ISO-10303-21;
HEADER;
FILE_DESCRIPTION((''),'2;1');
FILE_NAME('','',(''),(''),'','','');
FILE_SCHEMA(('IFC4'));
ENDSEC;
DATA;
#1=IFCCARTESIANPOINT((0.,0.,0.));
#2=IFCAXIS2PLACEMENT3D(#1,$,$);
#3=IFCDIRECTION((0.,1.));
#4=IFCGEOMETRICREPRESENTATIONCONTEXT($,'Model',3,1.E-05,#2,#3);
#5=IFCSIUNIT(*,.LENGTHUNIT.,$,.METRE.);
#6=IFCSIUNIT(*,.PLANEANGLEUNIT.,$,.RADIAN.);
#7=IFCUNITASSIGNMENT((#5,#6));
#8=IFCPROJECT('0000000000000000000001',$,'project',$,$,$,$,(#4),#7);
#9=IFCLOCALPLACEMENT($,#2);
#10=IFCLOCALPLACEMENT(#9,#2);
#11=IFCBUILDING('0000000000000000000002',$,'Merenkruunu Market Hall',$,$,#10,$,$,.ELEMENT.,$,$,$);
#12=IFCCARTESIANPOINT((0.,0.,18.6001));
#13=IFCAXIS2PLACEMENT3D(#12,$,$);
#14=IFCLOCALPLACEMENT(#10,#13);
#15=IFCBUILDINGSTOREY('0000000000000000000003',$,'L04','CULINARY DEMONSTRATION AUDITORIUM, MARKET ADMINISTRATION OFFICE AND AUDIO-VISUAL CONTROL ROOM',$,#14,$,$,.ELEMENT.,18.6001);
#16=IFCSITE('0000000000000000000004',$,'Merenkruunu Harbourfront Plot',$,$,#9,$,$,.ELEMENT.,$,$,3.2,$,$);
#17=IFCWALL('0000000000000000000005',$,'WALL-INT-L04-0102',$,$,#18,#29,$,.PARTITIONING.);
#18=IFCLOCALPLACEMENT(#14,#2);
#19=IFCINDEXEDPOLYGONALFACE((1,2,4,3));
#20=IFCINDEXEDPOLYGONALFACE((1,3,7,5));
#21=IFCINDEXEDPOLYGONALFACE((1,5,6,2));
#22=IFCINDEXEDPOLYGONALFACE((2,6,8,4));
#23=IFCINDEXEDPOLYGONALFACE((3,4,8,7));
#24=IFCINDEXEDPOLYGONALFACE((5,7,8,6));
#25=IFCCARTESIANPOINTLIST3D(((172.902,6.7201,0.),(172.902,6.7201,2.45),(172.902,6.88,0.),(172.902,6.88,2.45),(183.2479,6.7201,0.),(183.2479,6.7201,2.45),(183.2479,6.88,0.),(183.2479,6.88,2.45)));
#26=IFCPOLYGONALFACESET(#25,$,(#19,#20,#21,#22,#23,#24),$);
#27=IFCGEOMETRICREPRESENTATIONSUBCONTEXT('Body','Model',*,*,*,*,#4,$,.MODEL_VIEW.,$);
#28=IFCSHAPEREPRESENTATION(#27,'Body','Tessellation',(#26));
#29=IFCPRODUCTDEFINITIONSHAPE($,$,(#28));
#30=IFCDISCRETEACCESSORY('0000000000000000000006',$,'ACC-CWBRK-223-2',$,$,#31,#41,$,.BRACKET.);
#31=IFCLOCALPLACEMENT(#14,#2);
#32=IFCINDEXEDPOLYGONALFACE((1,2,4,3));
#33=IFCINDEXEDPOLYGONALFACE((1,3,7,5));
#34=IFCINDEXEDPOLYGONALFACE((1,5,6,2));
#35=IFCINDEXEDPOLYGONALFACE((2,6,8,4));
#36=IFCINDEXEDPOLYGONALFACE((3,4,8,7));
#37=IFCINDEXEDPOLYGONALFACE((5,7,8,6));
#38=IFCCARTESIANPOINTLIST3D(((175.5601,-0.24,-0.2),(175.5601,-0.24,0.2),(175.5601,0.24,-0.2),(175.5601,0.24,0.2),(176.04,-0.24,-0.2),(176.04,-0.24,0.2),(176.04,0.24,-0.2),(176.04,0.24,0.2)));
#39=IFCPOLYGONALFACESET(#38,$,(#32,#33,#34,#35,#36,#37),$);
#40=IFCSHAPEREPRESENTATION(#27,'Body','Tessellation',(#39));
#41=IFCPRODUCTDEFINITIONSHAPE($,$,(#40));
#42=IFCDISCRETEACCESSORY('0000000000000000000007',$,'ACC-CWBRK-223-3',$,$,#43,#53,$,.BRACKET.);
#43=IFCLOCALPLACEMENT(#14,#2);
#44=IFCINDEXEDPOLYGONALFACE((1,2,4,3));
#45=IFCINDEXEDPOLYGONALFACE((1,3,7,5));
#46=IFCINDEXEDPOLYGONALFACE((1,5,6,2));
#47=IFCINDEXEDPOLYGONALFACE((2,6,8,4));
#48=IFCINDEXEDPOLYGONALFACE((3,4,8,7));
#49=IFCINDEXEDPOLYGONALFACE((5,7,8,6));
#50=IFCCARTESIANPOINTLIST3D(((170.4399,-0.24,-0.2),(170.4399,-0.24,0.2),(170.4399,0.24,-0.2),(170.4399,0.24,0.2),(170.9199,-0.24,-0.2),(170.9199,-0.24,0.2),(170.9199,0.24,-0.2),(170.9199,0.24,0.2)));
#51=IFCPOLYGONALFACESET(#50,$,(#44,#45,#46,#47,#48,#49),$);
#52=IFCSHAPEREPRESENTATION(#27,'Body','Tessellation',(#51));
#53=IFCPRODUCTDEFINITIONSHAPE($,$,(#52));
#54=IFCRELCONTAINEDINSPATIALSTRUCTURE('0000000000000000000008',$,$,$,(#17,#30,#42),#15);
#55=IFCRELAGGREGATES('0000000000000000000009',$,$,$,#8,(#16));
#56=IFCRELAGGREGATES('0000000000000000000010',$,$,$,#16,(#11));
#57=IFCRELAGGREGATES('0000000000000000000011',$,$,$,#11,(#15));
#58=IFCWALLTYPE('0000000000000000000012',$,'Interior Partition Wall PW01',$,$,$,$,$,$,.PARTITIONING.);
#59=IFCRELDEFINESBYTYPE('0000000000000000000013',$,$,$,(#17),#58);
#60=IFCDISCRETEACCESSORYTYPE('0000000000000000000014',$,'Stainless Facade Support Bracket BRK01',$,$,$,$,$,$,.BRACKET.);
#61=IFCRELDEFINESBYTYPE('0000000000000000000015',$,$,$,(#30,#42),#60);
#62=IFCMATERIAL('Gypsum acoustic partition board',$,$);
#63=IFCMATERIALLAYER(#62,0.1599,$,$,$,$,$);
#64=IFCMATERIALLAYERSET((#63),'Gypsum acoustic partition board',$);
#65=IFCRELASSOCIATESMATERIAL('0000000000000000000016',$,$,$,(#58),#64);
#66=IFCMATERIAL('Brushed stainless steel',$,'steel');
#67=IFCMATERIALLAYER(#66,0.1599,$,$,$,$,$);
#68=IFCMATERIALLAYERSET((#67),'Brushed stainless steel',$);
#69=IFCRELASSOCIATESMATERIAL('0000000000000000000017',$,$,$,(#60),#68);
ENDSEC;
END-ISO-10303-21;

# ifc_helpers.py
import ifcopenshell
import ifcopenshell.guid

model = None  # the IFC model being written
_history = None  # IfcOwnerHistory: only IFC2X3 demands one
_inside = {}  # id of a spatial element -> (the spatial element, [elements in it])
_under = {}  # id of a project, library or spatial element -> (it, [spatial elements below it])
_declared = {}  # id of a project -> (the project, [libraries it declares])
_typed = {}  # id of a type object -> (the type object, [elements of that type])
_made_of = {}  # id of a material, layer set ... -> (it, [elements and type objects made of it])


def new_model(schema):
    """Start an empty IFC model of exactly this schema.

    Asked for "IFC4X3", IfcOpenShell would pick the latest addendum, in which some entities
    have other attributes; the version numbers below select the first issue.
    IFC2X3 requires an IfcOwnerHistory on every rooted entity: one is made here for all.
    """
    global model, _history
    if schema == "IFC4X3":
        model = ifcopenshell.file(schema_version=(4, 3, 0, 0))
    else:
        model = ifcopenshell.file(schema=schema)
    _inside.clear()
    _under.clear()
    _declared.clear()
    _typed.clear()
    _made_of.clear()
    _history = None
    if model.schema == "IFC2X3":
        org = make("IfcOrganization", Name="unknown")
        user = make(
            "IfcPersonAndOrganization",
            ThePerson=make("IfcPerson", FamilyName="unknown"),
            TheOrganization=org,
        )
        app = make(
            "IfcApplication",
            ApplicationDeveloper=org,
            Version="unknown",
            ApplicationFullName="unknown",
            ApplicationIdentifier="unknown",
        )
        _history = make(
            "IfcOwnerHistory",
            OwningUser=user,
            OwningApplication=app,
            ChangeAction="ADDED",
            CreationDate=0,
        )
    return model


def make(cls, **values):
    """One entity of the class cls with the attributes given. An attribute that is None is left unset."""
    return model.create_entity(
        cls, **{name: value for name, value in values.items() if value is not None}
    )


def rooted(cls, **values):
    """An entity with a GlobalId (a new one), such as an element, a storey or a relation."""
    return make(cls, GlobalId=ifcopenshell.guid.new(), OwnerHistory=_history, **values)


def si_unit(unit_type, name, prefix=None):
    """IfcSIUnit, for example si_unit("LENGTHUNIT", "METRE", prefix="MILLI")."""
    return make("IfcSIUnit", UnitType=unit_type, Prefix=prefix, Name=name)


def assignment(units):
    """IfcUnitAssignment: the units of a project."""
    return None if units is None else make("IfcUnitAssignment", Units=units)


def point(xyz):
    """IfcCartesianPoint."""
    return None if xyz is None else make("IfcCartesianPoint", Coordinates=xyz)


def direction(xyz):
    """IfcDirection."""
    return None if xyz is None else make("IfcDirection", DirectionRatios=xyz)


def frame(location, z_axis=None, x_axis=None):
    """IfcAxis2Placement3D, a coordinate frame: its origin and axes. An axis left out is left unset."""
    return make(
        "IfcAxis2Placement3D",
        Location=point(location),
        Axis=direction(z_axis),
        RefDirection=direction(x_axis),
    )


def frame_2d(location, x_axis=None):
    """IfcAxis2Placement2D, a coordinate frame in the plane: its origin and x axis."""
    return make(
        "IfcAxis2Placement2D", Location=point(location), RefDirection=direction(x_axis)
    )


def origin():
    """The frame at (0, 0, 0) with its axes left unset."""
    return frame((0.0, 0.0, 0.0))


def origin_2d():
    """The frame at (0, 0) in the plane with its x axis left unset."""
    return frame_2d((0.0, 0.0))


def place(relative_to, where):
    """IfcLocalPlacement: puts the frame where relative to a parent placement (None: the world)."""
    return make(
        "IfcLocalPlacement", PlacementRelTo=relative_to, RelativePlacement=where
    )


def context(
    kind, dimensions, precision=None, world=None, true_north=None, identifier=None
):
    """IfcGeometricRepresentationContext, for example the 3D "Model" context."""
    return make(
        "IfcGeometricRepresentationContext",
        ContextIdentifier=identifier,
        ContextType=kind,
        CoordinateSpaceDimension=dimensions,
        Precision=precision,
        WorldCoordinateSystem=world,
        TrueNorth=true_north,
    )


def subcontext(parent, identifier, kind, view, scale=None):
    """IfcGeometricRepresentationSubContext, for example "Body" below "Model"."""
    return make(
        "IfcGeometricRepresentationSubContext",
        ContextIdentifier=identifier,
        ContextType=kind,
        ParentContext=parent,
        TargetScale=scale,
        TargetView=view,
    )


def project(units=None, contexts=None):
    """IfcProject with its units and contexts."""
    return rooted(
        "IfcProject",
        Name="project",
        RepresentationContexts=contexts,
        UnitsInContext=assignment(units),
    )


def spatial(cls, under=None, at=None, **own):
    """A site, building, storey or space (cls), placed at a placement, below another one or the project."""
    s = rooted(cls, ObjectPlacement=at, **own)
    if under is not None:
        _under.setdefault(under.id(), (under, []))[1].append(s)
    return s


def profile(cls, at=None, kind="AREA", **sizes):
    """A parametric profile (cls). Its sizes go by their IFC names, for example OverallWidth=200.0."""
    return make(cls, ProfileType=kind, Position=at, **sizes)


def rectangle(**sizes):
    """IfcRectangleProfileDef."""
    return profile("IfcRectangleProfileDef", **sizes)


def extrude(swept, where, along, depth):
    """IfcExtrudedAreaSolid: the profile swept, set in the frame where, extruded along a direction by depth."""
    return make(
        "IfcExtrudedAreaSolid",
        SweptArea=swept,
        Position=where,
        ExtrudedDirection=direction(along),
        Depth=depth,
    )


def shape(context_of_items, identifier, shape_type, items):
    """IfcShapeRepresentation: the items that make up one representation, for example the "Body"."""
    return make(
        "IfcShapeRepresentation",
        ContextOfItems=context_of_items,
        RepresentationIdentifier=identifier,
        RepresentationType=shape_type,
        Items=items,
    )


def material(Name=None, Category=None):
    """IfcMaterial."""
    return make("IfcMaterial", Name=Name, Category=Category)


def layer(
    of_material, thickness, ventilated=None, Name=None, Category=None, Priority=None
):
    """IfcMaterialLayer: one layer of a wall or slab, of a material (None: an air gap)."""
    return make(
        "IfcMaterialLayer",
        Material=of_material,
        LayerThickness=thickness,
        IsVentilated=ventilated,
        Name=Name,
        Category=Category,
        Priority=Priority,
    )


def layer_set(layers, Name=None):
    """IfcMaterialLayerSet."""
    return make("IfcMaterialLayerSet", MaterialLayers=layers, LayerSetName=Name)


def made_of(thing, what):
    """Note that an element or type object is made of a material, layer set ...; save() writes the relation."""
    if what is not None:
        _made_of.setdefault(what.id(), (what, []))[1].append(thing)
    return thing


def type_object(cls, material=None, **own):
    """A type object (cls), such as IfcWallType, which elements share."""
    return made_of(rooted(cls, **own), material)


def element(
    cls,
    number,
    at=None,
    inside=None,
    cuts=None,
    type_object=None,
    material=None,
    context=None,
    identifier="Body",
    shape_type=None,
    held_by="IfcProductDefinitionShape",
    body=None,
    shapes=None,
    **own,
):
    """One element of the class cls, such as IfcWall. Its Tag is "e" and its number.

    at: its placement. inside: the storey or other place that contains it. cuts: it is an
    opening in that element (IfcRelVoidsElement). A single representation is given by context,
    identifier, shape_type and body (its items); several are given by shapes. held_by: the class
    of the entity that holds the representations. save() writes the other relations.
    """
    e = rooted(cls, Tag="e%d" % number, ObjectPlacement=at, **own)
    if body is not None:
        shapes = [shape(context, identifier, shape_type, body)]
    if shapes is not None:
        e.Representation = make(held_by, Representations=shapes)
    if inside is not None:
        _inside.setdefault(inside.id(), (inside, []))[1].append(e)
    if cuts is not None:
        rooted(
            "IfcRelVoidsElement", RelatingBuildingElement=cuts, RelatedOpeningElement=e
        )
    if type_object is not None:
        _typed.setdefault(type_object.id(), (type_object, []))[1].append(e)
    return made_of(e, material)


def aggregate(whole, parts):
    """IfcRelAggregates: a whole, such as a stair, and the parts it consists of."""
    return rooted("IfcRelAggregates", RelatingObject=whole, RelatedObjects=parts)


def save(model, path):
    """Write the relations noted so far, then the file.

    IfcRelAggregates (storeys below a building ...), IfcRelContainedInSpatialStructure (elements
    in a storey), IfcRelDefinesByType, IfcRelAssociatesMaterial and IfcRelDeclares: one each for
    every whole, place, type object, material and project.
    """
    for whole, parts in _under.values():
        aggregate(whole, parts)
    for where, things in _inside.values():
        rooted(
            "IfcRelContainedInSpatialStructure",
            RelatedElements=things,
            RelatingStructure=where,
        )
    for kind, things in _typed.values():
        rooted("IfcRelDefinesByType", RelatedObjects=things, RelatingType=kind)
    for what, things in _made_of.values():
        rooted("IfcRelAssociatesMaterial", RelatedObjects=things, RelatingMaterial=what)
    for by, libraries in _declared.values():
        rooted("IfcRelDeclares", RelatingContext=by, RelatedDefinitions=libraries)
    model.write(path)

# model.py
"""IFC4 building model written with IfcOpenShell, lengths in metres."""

from ifc_helpers import new_model, si_unit, direction, frame, frame_2d, origin, origin_2d, place, context, subcontext, project, spatial, rectangle, extrude, material, layer, layer_set, type_object, element, save


model = new_model("IFC4")

# Units and contexts
model_context = context("Model", 3, precision=1e-05, world=origin(), true_north=direction((0.0, 1.0)))
body_context = subcontext(model_context, "Body", "Model", "MODEL_VIEW")
ifc_project = project(units=[si_unit("LENGTHUNIT", "METRE"), si_unit("PLANEANGLEUNIT", "RADIAN")], contexts=[model_context])

# Site, building, storey
site_placement = place(None, origin())
site = spatial("IfcSite", under=ifc_project, at=site_placement, Name="Merenkruunu Harbourfront Plot", CompositionType="ELEMENT", RefElevation=3.2)
building_placement = place(site_placement, origin())
building = spatial("IfcBuilding", under=site, at=building_placement, Name="Merenkruunu Market Hall", CompositionType="ELEMENT")
storey_placement = place(building_placement, frame((0.0, 0.0, 18.6001)))
storey = spatial("IfcBuildingStorey", under=building, at=storey_placement, Name="L04", Description="CULINARY DEMONSTRATION AUDITORIUM, MARKET ADMINISTRATION OFFICE AND AUDIO-VISUAL CONTROL ROOM", CompositionType="ELEMENT", Elevation=18.6001)

# Wall
ifc_material_1 = material(Name="Gypsum acoustic partition board")
ifc_layer_1 = layer(ifc_material_1, 0.1599)
ifc_layer_set_1 = layer_set([ifc_layer_1], Name="Gypsum acoustic partition board")
wall_type_1 = type_object("IfcWallType", Name="Interior Partition Wall PW01", PredefinedType="PARTITIONING", material=ifc_layer_set_1)
wall_1_placement = place(storey_placement, frame((172.9021, 6.8, 0.0), z_axis=(0.0, 0.0, 1.0), x_axis=(1.0, 0.0, 0.0)))
element("IfcWall", 1, at=wall_1_placement, inside=storey, type_object=wall_type_1, Name="WALL-INT-L04-0102", PredefinedType="PARTITIONING", context=body_context, shape_type="SweptSolid", body=[
    extrude(rectangle(XDim=10.3459, YDim=0.1599, at=frame_2d((5.1729, 0.0))), origin(), (0.0, 0.0, 1.0), 2.45),
])

# Discrete accessories
ifc_material_2 = material(Name="Brushed stainless steel", Category="steel")
ifc_layer_2 = layer(ifc_material_2, 0.1599)
ifc_layer_set_2 = layer_set([ifc_layer_2], Name="Brushed stainless steel")
discrete_accessory_type = type_object("IfcDiscreteAccessoryType", Name="Stainless Facade Support Bracket BRK01", PredefinedType="BRACKET", material=ifc_layer_set_2)
for number, where, z_axis, x_axis, name in (
    (2, (175.8, 0.0, -0.2), (0.0, 0.0, 1.0), (1.0, 0.0, 0.0), "ACC-CWBRK-223-2"),
    (3, (170.6799, 0.0, -0.2), (0.0, 0.0, 1.0), (1.0, 0.0, 0.0), "ACC-CWBRK-223-3"),
):
    element("IfcDiscreteAccessory", number, at=place(storey_placement, frame(where, z_axis=z_axis, x_axis=x_axis)), inside=storey, type_object=discrete_accessory_type, Name=name, PredefinedType="BRACKET", context=body_context, shape_type="SweptSolid", body=[
        extrude(rectangle(XDim=0.48, YDim=0.48, at=origin_2d()), origin(), (0.0, 0.0, 1.0), 0.3999),
    ])

save(model, "model.ifc")
